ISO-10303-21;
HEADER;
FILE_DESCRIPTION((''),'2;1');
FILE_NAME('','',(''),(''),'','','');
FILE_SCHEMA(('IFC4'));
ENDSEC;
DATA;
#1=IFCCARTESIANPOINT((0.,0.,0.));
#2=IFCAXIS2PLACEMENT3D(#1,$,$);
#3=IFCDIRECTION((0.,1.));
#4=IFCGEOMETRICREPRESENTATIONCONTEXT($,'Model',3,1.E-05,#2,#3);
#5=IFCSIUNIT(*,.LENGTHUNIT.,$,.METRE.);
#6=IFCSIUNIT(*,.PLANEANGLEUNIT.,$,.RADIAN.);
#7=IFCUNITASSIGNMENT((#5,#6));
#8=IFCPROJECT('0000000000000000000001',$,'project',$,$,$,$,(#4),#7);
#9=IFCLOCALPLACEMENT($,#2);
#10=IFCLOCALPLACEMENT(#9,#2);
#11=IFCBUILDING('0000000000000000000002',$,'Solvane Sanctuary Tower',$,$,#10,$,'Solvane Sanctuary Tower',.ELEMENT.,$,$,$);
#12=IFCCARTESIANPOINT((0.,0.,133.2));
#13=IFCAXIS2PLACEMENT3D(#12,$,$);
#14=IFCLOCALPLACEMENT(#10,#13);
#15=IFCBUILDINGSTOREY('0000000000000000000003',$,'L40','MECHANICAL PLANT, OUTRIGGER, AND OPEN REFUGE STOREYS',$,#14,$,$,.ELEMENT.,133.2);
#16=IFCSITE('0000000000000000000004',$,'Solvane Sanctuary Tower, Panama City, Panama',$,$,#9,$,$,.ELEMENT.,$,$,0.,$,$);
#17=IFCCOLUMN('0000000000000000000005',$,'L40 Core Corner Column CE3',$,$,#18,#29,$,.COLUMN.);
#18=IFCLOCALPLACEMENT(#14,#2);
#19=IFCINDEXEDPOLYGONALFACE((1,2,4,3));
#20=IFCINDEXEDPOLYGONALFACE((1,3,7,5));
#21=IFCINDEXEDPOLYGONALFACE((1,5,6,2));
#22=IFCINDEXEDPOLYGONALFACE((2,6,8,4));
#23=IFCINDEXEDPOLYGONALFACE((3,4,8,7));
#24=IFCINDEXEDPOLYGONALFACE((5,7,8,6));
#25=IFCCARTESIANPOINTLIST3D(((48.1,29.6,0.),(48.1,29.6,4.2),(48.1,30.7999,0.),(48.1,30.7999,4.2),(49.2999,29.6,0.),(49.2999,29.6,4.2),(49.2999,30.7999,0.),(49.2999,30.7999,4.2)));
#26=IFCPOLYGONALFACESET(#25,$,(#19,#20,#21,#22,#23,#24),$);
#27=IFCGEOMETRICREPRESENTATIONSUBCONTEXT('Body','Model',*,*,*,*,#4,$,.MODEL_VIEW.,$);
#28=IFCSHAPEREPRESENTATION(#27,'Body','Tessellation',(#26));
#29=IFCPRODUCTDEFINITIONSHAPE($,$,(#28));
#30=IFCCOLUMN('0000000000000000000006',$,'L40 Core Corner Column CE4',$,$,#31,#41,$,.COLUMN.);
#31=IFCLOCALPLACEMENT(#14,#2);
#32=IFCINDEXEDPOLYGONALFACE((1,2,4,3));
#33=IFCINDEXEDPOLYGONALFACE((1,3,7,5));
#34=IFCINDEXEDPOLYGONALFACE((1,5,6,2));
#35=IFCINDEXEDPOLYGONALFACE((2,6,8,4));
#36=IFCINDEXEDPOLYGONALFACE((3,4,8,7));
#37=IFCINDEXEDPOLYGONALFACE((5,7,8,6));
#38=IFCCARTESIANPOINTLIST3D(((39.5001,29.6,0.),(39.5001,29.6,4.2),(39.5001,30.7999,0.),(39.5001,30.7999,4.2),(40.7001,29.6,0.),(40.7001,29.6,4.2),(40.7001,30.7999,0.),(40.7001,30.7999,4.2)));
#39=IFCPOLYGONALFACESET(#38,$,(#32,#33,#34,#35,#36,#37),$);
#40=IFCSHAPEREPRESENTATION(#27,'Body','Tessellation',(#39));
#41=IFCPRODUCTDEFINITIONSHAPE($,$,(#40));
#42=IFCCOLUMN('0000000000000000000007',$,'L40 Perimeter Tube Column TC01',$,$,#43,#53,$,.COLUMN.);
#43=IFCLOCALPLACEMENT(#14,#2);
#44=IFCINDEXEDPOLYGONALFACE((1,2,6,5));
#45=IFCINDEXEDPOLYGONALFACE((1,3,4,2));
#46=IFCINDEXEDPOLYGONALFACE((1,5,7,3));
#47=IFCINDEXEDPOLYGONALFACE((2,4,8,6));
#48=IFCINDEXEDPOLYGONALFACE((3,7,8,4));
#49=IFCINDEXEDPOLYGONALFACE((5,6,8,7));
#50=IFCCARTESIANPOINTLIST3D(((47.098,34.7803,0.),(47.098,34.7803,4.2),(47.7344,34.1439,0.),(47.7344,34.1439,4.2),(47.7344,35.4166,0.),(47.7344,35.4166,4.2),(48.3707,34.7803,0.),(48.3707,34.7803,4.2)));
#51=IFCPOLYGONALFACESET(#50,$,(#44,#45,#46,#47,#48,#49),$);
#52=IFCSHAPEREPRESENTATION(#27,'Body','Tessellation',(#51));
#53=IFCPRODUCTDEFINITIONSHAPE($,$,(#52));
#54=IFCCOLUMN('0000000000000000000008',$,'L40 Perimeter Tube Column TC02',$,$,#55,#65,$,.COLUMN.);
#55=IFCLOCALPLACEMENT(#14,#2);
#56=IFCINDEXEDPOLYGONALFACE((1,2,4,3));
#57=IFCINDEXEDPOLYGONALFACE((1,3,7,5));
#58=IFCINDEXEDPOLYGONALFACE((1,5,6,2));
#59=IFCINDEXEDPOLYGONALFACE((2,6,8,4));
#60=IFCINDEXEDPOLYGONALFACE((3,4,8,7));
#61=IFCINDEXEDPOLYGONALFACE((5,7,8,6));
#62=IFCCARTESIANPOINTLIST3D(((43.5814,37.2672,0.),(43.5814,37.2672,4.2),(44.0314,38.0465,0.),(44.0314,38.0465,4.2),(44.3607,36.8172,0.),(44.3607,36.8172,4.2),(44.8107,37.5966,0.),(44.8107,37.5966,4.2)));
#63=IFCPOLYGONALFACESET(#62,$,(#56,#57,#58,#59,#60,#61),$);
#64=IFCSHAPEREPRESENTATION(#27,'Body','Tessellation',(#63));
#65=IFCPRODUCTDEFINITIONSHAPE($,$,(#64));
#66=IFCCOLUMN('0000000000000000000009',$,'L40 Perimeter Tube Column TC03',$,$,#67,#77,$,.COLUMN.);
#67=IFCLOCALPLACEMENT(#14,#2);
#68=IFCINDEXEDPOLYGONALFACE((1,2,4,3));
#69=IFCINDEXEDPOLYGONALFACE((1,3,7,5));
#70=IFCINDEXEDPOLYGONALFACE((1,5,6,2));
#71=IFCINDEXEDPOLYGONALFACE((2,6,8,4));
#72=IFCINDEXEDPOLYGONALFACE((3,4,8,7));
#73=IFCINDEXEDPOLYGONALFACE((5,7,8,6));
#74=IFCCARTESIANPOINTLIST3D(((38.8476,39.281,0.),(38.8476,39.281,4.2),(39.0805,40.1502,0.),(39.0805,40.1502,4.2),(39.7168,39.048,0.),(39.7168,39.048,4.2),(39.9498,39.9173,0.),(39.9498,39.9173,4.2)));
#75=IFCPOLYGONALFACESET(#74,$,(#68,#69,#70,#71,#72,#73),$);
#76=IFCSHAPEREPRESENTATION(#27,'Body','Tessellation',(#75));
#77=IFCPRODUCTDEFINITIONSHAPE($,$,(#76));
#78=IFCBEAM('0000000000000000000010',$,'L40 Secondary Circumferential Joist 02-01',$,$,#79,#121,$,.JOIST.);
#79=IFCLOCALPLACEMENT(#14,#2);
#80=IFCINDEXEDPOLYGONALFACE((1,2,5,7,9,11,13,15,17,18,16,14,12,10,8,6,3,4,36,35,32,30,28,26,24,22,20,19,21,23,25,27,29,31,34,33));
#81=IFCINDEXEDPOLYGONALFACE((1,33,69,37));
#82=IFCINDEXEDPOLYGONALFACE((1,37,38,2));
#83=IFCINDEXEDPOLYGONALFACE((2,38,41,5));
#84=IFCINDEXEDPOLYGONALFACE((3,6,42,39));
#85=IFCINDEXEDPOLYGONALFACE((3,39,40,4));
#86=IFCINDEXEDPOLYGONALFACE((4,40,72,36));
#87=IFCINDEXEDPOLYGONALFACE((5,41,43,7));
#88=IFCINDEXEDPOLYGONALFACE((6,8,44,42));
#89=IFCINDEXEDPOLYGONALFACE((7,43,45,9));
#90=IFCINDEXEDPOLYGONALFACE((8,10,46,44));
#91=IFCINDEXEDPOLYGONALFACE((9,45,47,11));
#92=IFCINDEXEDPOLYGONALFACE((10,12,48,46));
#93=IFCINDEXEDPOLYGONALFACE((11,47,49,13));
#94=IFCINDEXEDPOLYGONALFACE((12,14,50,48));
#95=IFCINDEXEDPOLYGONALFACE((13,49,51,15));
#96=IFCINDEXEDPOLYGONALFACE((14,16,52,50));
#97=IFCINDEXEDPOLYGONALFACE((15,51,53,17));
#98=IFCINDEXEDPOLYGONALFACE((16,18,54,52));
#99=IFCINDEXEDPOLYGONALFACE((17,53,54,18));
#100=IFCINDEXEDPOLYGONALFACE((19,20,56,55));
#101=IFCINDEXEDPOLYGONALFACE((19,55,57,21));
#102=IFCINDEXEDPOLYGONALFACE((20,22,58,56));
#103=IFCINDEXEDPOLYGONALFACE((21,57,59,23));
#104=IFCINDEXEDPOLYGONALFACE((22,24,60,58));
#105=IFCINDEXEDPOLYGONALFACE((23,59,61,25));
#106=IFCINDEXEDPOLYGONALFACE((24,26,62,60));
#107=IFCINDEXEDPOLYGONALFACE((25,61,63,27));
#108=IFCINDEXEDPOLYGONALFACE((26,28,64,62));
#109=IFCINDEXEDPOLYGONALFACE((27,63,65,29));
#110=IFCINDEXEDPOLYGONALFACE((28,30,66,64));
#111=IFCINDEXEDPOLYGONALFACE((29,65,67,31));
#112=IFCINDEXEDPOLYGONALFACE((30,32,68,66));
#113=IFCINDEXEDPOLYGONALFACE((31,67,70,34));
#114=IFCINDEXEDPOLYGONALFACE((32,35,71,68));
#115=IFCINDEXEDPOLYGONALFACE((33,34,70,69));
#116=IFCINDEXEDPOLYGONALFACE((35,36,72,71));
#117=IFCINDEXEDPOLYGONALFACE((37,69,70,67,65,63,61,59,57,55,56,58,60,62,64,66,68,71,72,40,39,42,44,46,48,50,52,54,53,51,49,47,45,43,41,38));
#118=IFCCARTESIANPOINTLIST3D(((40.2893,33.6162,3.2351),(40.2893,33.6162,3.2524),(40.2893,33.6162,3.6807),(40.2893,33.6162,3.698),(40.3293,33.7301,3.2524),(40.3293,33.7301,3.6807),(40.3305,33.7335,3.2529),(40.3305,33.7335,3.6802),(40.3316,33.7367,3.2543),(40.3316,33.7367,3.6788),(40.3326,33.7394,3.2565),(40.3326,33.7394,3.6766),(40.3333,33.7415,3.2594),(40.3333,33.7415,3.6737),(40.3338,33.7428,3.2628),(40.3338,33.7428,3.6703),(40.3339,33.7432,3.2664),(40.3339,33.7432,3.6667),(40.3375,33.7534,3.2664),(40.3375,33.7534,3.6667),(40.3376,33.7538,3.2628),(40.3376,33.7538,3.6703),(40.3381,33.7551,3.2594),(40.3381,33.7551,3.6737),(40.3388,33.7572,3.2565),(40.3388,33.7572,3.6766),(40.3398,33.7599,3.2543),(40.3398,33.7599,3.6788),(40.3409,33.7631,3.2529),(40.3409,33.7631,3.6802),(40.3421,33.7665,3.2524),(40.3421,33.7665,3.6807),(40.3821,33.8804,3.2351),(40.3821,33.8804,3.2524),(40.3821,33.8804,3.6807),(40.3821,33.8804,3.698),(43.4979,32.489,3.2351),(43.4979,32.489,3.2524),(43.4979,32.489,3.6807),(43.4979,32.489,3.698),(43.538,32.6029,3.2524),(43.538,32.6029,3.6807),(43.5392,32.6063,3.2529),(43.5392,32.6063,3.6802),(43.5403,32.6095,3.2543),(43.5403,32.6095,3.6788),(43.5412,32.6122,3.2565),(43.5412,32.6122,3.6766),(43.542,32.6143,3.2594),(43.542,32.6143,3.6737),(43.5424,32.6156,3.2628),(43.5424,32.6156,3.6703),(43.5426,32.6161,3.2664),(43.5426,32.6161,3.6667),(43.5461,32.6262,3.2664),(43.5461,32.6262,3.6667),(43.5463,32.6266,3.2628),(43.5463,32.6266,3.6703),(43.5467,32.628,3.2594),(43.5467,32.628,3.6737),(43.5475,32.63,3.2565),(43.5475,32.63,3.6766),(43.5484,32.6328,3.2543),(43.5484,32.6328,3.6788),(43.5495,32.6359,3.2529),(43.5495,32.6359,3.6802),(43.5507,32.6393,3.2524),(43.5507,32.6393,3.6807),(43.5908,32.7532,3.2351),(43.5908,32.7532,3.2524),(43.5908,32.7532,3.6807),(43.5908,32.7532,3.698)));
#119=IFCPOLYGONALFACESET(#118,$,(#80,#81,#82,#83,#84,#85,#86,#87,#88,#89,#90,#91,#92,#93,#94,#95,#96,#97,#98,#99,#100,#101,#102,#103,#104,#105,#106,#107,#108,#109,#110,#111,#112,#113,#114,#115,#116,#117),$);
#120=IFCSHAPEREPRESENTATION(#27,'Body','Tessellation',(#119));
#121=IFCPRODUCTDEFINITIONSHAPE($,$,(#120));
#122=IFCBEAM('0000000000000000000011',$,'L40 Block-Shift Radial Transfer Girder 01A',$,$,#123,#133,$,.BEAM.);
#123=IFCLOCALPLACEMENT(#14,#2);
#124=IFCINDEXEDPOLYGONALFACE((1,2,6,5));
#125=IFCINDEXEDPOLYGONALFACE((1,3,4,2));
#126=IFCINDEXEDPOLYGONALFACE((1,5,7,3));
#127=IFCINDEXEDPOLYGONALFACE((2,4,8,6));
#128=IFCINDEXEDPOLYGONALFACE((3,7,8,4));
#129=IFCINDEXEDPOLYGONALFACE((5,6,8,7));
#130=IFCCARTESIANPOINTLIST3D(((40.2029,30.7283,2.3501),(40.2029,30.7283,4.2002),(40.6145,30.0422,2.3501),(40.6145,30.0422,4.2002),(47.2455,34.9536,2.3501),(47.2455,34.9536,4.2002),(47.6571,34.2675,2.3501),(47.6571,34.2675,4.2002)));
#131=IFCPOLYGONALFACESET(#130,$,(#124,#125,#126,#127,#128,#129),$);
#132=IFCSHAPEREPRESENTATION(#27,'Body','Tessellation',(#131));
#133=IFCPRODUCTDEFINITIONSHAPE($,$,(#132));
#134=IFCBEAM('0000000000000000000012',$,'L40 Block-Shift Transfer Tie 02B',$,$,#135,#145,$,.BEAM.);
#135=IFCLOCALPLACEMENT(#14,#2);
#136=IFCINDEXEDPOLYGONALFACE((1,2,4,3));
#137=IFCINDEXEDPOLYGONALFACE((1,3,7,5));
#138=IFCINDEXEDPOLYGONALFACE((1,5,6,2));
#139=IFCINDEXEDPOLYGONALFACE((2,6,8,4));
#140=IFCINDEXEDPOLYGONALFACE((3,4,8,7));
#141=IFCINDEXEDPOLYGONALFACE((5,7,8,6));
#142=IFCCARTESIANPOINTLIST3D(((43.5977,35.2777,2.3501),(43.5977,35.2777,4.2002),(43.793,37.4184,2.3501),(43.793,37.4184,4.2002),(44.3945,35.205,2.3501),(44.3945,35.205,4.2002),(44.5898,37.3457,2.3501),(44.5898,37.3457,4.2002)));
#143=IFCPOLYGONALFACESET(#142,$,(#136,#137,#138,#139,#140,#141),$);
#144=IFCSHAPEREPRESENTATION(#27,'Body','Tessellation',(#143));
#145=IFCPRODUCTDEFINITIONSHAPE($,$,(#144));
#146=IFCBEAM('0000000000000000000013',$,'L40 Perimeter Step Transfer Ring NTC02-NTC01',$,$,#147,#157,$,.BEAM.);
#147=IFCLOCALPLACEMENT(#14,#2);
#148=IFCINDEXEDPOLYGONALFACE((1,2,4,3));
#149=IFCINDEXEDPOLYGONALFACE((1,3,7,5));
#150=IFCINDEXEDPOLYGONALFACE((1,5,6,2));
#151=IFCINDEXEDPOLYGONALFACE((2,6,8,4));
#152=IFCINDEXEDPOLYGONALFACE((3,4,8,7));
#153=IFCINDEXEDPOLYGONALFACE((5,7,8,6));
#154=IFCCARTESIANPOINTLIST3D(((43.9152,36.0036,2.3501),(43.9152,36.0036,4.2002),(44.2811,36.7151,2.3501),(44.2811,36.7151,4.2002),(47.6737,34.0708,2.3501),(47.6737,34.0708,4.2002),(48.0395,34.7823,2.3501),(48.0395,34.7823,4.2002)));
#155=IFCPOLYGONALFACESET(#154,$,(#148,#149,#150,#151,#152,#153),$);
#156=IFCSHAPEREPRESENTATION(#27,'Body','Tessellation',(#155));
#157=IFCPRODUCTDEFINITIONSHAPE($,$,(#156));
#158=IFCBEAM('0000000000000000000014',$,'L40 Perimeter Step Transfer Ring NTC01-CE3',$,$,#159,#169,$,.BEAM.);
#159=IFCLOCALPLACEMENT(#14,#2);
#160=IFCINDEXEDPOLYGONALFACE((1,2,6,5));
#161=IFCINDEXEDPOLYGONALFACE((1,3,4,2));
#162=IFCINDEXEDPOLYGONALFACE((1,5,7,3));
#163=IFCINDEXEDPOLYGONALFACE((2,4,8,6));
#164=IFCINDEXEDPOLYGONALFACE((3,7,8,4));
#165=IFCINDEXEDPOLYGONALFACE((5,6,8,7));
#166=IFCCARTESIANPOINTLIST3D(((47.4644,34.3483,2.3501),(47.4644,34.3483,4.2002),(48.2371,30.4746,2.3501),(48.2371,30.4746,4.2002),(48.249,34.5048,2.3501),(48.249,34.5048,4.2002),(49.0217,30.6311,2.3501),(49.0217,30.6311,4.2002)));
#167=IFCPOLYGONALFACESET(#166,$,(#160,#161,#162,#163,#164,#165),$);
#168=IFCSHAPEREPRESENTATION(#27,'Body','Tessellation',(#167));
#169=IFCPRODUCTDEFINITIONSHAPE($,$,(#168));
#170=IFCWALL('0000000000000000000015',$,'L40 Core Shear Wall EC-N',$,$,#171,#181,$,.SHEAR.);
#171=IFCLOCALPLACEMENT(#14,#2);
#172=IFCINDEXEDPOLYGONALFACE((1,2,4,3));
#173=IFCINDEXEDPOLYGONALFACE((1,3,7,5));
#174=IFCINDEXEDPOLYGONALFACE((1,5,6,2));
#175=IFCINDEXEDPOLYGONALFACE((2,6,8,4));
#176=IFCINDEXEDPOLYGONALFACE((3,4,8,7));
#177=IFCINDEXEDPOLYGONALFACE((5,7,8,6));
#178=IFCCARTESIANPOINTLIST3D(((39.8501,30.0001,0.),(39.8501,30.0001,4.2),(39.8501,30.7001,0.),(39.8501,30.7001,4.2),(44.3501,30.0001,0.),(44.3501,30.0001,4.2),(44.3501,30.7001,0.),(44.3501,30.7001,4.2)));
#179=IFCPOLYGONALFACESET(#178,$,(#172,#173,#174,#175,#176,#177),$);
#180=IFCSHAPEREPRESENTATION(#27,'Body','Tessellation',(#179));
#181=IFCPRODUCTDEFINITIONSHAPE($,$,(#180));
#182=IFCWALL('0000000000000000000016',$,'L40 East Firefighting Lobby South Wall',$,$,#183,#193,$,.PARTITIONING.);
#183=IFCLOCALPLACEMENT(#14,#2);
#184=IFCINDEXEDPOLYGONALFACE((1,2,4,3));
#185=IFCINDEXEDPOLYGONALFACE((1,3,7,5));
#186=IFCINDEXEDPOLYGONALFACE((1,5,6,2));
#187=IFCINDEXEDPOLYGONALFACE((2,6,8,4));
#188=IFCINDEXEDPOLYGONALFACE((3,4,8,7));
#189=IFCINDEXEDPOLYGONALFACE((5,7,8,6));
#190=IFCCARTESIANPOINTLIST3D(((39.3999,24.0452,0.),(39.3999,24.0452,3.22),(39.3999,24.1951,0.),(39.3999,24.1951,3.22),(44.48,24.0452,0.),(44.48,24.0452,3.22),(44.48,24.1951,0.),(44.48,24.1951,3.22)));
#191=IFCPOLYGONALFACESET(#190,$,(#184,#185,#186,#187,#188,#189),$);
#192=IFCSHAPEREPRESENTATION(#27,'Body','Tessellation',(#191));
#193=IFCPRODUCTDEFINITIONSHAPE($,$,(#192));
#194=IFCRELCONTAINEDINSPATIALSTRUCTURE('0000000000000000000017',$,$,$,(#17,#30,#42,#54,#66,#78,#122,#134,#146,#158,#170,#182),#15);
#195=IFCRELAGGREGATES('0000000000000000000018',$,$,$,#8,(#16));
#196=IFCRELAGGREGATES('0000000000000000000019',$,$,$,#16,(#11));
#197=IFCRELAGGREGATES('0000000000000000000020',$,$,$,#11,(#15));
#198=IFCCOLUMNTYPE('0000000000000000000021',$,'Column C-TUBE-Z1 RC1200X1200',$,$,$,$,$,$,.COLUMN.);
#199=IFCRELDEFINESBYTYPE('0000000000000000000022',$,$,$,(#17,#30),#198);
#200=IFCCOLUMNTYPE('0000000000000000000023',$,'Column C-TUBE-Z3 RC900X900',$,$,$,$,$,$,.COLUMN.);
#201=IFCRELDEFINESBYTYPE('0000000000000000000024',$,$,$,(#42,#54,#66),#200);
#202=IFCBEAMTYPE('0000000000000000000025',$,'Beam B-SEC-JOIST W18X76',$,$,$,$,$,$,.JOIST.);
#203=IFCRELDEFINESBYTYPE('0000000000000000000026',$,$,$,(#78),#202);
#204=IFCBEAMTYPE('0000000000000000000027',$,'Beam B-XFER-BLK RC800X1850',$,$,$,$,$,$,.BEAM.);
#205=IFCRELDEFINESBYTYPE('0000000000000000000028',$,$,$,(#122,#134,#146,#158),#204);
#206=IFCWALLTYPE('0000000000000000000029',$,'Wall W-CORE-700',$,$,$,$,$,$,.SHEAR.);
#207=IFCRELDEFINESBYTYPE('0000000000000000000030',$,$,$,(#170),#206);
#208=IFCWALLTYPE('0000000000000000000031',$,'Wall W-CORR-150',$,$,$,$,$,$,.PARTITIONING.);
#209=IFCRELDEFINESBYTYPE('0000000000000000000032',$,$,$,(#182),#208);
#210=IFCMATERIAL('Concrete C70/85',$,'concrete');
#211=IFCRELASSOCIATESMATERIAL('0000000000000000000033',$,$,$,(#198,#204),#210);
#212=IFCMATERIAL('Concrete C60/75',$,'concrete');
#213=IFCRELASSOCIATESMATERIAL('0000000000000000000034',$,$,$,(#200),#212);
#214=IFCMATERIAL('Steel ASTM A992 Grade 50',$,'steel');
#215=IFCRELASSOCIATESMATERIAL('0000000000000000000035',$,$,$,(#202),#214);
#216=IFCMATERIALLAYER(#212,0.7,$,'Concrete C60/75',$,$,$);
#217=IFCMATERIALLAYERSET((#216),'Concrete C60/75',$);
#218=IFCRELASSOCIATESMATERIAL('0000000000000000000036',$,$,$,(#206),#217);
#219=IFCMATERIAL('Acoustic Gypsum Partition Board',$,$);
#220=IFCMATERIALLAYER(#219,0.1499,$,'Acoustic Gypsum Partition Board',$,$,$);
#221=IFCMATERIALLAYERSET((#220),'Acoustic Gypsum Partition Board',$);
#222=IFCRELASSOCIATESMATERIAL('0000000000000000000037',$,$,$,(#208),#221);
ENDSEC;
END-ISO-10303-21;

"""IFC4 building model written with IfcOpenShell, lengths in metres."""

from ifc_helpers import new_model, si_unit, direction, frame, frame_2d, origin, origin_2d, place, context, subcontext, project, spatial, rectangle, i_section, extrude, material, layer, layer_set, material_profile, profile_set, type_object, element, save


model = new_model("IFC4")

# Units and contexts
model_context = context("Model", 3, precision=1e-05, world=origin(), true_north=direction((0.0, 1.0)))
body_context = subcontext(model_context, "Body", "Model", "MODEL_VIEW")
ifc_project = project(units=[si_unit("LENGTHUNIT", "METRE"), si_unit("PLANEANGLEUNIT", "RADIAN")], contexts=[model_context])

# Site, building, storey
site_placement = place(None, origin())
site = spatial("IfcSite", under=ifc_project, at=site_placement, Name="Solvane Sanctuary Tower, Panama City, Panama", CompositionType="ELEMENT", RefElevation=0.0)
building_placement = place(site_placement, origin())
building = spatial("IfcBuilding", under=site, at=building_placement, Name="Solvane Sanctuary Tower", LongName="Solvane Sanctuary Tower", CompositionType="ELEMENT")
storey_placement = place(building_placement, frame((0.0, 0.0, 133.2)))
storey = spatial("IfcBuildingStorey", under=building, at=storey_placement, Name="L40", Description="MECHANICAL PLANT, OUTRIGGER, AND OPEN REFUGE STOREYS", CompositionType="ELEMENT", Elevation=133.2)

# Columns
ifc_material_1 = material(Name="Concrete C70/85", Category="concrete")
ifc_material_profile_1 = material_profile(ifc_material_1, rectangle(XDim=1.2, YDim=1.2, at=origin_2d()), Name="RC1200X1200")
ifc_profile_set_1 = profile_set([ifc_material_profile_1], Name="Concrete C70/85")
column_type_1 = type_object("IfcColumnType", Name="Column C-TUBE-Z1 RC1200X1200", PredefinedType="COLUMN", material=ifc_profile_set_1)
for number, where, z_axis, x_axis, name in (
    (1, (48.7, 30.2, 0.0), (0.0, 0.0, 1.0), (1.0, 0.0, 0.0), "L40 Core Corner Column CE3"),
    (2, (40.1001, 30.2, 0.0), (0.0, 0.0, 1.0), (1.0, 0.0, 0.0), "L40 Core Corner Column CE4"),
):
    element("IfcColumn", number, at=place(storey_placement, frame(where, z_axis=z_axis, x_axis=x_axis)), inside=storey, type_object=column_type_1, Name=name, PredefinedType="COLUMN", context=body_context, shape_type="SweptSolid", body=[
        extrude(rectangle(XDim=1.2, YDim=1.2, at=origin_2d()), origin(), (0.0, 0.0, 1.0), 4.2),
    ])
ifc_material_2 = material(Name="Concrete C60/75", Category="concrete")
ifc_material_profile_2 = material_profile(ifc_material_2, rectangle(XDim=0.8999, YDim=0.8999, at=origin_2d()), Name="RC900X900")
ifc_profile_set_2 = profile_set([ifc_material_profile_2], Name="Concrete C60/75")
column_type_2 = type_object("IfcColumnType", Name="Column C-TUBE-Z3 RC900X900", PredefinedType="COLUMN", material=ifc_profile_set_2)
for number, where, z_axis, x_axis, name in (
    (3, (47.7344, 34.7803, 0.0), (0.0, 0.0, 1.0), (0.707107, 0.707107, 0.0), "L40 Perimeter Tube Column TC01"),
    (4, (44.196, 37.4319, 0.0), (0.0, 0.0, 1.0), (0.5, 0.866025, 0.0), "L40 Perimeter Tube Column TC02"),
    (5, (39.3987, 39.5991, 0.0), (0.0, 0.0, 1.0), (0.258819, 0.965926, 0.0), "L40 Perimeter Tube Column TC03"),
):
    element("IfcColumn", number, at=place(storey_placement, frame(where, z_axis=z_axis, x_axis=x_axis)), inside=storey, type_object=column_type_2, Name=name, PredefinedType="COLUMN", context=body_context, shape_type="SweptSolid", body=[
        extrude(rectangle(XDim=0.8999, YDim=0.8999, at=origin_2d()), origin(), (0.0, 0.0, 1.0), 4.2),
    ])

# Beams
ifc_material_3 = material(Name="Steel ASTM A992 Grade 50", Category="steel")
ifc_material_profile_3 = material_profile(ifc_material_3, i_section(OverallWidth=0.28, OverallDepth=0.4629, WebThickness=0.0107, FlangeThickness=0.0173, FilletRadius=0.0139, at=origin_2d()), Name="W18X76")
ifc_profile_set_3 = profile_set([ifc_material_profile_3], Name="Steel ASTM A992 Grade 50")
beam_type_1 = type_object("IfcBeamType", Name="Beam B-SEC-JOIST W18X76", PredefinedType="JOIST", material=ifc_profile_set_3)
beam_1_placement = place(storey_placement, frame((40.3357, 33.7483, 3.4666), z_axis=(0.943478, -0.331434, 0.0), x_axis=(0.331434, 0.943478, 0.0)))
element("IfcBeam", 6, at=beam_1_placement, inside=storey, type_object=beam_type_1, Name="L40 Secondary Circumferential Joist 02-01", PredefinedType="JOIST", context=body_context, shape_type="SweptSolid", body=[
    extrude(i_section(OverallWidth=0.28, OverallDepth=0.4629, WebThickness=0.0107, FlangeThickness=0.0173, FilletRadius=0.0139, at=origin_2d()), origin(), (0.0, 0.0, 1.0), 3.4009),
])
ifc_material_profile_4 = material_profile(ifc_material_1, rectangle(XDim=0.8, YDim=1.8501, at=origin_2d()), Name="RC800X1850")
ifc_profile_set_4 = profile_set([ifc_material_profile_4], Name="Concrete C70/85")
beam_type_2 = type_object("IfcBeamType", Name="Beam B-XFER-BLK RC800X1850", PredefinedType="BEAM", material=ifc_profile_set_4)
beam_2_placement = place(storey_placement, frame((40.4087, 30.3853, 3.2751), z_axis=(0.857509, 0.51447, 0.0), x_axis=(-0.51447, 0.857509, 0.0)))
element("IfcBeam", 7, at=beam_2_placement, inside=storey, type_object=beam_type_2, Name="L40 Block-Shift Radial Transfer Girder 01A", PredefinedType="BEAM", context=body_context, shape_type="SweptSolid", body=[
    extrude(rectangle(XDim=0.8, YDim=1.8501, at=origin_2d()), origin(), (0.0, 0.0, 1.0), 8.2129),
])
beam_3_placement = place(storey_placement, frame((44.1914, 37.3821, 3.2751), z_axis=(-0.090853, -0.995864, 0.0), x_axis=(0.995864, -0.090853, 0.0)))
element("IfcBeam", 8, at=beam_3_placement, inside=storey, type_object=beam_type_2, Name="L40 Block-Shift Transfer Tie 02B", PredefinedType="BEAM", context=body_context, shape_type="SweptSolid", body=[
    extrude(rectangle(XDim=0.8, YDim=1.8501, at=origin_2d()), origin(), (0.0, 0.0, 1.0), 2.1497),
])
beam_4_placement = place(storey_placement, frame((44.0981, 36.3594, 3.2751), z_axis=(0.889298, -0.457328, 0.0), x_axis=(0.457328, 0.889298, 0.0)))
element("IfcBeam", 9, at=beam_4_placement, inside=storey, type_object=beam_type_2, Name="L40 Perimeter Step Transfer Ring NTC02-NTC01", PredefinedType="BEAM", context=body_context, shape_type="SweptSolid", body=[
    extrude(rectangle(XDim=0.8, YDim=1.8501, at=origin_2d()), origin(), (0.0, 0.0, 1.0), 4.2263),
])
beam_5_placement = place(storey_placement, frame((47.8567, 34.4265, 3.2751), z_axis=(0.195629, -0.980678, 0.0), x_axis=(0.980678, 0.195629, 0.0)))
element("IfcBeam", 10, at=beam_5_placement, inside=storey, type_object=beam_type_2, Name="L40 Perimeter Step Transfer Ring NTC01-CE3", PredefinedType="BEAM", context=body_context, shape_type="SweptSolid", body=[
    extrude(rectangle(XDim=0.8, YDim=1.8501, at=origin_2d()), origin(), (0.0, 0.0, 1.0), 3.95),
])

# Walls
ifc_layer_1 = layer(ifc_material_2, 0.7, Name="Concrete C60/75")
ifc_layer_set_1 = layer_set([ifc_layer_1], Name="Concrete C60/75")
wall_type_1 = type_object("IfcWallType", Name="Wall W-CORE-700", PredefinedType="SHEAR", material=ifc_layer_set_1)
wall_1_placement = place(storey_placement, frame((39.8501, 30.3501, 0.0), z_axis=(0.0, 0.0, 1.0), x_axis=(1.0, 0.0, 0.0)))
element("IfcWall", 11, at=wall_1_placement, inside=storey, type_object=wall_type_1, Name="L40 Core Shear Wall EC-N", PredefinedType="SHEAR", context=body_context, shape_type="SweptSolid", body=[
    extrude(rectangle(XDim=4.5, YDim=0.7, at=frame_2d((2.25, 0.0))), origin(), (0.0, 0.0, 1.0), 4.2),
])
ifc_material_4 = material(Name="Acoustic Gypsum Partition Board")
ifc_layer_2 = layer(ifc_material_4, 0.1499, Name="Acoustic Gypsum Partition Board")
ifc_layer_set_2 = layer_set([ifc_layer_2], Name="Acoustic Gypsum Partition Board")
wall_type_2 = type_object("IfcWallType", Name="Wall W-CORR-150", PredefinedType="PARTITIONING", material=ifc_layer_set_2)
wall_2_placement = place(storey_placement, frame((39.3999, 24.1201, 0.0), z_axis=(0.0, 0.0, 1.0), x_axis=(1.0, 0.0, 0.0)))
element("IfcWall", 12, at=wall_2_placement, inside=storey, type_object=wall_type_2, Name="L40 East Firefighting Lobby South Wall", PredefinedType="PARTITIONING", context=body_context, shape_type="SweptSolid", body=[
    extrude(rectangle(XDim=5.0801, YDim=0.1499, at=frame_2d((2.54, 0.0))), origin(), (0.0, 0.0, 1.0), 3.22),
])

save(model, "model.ifc")
